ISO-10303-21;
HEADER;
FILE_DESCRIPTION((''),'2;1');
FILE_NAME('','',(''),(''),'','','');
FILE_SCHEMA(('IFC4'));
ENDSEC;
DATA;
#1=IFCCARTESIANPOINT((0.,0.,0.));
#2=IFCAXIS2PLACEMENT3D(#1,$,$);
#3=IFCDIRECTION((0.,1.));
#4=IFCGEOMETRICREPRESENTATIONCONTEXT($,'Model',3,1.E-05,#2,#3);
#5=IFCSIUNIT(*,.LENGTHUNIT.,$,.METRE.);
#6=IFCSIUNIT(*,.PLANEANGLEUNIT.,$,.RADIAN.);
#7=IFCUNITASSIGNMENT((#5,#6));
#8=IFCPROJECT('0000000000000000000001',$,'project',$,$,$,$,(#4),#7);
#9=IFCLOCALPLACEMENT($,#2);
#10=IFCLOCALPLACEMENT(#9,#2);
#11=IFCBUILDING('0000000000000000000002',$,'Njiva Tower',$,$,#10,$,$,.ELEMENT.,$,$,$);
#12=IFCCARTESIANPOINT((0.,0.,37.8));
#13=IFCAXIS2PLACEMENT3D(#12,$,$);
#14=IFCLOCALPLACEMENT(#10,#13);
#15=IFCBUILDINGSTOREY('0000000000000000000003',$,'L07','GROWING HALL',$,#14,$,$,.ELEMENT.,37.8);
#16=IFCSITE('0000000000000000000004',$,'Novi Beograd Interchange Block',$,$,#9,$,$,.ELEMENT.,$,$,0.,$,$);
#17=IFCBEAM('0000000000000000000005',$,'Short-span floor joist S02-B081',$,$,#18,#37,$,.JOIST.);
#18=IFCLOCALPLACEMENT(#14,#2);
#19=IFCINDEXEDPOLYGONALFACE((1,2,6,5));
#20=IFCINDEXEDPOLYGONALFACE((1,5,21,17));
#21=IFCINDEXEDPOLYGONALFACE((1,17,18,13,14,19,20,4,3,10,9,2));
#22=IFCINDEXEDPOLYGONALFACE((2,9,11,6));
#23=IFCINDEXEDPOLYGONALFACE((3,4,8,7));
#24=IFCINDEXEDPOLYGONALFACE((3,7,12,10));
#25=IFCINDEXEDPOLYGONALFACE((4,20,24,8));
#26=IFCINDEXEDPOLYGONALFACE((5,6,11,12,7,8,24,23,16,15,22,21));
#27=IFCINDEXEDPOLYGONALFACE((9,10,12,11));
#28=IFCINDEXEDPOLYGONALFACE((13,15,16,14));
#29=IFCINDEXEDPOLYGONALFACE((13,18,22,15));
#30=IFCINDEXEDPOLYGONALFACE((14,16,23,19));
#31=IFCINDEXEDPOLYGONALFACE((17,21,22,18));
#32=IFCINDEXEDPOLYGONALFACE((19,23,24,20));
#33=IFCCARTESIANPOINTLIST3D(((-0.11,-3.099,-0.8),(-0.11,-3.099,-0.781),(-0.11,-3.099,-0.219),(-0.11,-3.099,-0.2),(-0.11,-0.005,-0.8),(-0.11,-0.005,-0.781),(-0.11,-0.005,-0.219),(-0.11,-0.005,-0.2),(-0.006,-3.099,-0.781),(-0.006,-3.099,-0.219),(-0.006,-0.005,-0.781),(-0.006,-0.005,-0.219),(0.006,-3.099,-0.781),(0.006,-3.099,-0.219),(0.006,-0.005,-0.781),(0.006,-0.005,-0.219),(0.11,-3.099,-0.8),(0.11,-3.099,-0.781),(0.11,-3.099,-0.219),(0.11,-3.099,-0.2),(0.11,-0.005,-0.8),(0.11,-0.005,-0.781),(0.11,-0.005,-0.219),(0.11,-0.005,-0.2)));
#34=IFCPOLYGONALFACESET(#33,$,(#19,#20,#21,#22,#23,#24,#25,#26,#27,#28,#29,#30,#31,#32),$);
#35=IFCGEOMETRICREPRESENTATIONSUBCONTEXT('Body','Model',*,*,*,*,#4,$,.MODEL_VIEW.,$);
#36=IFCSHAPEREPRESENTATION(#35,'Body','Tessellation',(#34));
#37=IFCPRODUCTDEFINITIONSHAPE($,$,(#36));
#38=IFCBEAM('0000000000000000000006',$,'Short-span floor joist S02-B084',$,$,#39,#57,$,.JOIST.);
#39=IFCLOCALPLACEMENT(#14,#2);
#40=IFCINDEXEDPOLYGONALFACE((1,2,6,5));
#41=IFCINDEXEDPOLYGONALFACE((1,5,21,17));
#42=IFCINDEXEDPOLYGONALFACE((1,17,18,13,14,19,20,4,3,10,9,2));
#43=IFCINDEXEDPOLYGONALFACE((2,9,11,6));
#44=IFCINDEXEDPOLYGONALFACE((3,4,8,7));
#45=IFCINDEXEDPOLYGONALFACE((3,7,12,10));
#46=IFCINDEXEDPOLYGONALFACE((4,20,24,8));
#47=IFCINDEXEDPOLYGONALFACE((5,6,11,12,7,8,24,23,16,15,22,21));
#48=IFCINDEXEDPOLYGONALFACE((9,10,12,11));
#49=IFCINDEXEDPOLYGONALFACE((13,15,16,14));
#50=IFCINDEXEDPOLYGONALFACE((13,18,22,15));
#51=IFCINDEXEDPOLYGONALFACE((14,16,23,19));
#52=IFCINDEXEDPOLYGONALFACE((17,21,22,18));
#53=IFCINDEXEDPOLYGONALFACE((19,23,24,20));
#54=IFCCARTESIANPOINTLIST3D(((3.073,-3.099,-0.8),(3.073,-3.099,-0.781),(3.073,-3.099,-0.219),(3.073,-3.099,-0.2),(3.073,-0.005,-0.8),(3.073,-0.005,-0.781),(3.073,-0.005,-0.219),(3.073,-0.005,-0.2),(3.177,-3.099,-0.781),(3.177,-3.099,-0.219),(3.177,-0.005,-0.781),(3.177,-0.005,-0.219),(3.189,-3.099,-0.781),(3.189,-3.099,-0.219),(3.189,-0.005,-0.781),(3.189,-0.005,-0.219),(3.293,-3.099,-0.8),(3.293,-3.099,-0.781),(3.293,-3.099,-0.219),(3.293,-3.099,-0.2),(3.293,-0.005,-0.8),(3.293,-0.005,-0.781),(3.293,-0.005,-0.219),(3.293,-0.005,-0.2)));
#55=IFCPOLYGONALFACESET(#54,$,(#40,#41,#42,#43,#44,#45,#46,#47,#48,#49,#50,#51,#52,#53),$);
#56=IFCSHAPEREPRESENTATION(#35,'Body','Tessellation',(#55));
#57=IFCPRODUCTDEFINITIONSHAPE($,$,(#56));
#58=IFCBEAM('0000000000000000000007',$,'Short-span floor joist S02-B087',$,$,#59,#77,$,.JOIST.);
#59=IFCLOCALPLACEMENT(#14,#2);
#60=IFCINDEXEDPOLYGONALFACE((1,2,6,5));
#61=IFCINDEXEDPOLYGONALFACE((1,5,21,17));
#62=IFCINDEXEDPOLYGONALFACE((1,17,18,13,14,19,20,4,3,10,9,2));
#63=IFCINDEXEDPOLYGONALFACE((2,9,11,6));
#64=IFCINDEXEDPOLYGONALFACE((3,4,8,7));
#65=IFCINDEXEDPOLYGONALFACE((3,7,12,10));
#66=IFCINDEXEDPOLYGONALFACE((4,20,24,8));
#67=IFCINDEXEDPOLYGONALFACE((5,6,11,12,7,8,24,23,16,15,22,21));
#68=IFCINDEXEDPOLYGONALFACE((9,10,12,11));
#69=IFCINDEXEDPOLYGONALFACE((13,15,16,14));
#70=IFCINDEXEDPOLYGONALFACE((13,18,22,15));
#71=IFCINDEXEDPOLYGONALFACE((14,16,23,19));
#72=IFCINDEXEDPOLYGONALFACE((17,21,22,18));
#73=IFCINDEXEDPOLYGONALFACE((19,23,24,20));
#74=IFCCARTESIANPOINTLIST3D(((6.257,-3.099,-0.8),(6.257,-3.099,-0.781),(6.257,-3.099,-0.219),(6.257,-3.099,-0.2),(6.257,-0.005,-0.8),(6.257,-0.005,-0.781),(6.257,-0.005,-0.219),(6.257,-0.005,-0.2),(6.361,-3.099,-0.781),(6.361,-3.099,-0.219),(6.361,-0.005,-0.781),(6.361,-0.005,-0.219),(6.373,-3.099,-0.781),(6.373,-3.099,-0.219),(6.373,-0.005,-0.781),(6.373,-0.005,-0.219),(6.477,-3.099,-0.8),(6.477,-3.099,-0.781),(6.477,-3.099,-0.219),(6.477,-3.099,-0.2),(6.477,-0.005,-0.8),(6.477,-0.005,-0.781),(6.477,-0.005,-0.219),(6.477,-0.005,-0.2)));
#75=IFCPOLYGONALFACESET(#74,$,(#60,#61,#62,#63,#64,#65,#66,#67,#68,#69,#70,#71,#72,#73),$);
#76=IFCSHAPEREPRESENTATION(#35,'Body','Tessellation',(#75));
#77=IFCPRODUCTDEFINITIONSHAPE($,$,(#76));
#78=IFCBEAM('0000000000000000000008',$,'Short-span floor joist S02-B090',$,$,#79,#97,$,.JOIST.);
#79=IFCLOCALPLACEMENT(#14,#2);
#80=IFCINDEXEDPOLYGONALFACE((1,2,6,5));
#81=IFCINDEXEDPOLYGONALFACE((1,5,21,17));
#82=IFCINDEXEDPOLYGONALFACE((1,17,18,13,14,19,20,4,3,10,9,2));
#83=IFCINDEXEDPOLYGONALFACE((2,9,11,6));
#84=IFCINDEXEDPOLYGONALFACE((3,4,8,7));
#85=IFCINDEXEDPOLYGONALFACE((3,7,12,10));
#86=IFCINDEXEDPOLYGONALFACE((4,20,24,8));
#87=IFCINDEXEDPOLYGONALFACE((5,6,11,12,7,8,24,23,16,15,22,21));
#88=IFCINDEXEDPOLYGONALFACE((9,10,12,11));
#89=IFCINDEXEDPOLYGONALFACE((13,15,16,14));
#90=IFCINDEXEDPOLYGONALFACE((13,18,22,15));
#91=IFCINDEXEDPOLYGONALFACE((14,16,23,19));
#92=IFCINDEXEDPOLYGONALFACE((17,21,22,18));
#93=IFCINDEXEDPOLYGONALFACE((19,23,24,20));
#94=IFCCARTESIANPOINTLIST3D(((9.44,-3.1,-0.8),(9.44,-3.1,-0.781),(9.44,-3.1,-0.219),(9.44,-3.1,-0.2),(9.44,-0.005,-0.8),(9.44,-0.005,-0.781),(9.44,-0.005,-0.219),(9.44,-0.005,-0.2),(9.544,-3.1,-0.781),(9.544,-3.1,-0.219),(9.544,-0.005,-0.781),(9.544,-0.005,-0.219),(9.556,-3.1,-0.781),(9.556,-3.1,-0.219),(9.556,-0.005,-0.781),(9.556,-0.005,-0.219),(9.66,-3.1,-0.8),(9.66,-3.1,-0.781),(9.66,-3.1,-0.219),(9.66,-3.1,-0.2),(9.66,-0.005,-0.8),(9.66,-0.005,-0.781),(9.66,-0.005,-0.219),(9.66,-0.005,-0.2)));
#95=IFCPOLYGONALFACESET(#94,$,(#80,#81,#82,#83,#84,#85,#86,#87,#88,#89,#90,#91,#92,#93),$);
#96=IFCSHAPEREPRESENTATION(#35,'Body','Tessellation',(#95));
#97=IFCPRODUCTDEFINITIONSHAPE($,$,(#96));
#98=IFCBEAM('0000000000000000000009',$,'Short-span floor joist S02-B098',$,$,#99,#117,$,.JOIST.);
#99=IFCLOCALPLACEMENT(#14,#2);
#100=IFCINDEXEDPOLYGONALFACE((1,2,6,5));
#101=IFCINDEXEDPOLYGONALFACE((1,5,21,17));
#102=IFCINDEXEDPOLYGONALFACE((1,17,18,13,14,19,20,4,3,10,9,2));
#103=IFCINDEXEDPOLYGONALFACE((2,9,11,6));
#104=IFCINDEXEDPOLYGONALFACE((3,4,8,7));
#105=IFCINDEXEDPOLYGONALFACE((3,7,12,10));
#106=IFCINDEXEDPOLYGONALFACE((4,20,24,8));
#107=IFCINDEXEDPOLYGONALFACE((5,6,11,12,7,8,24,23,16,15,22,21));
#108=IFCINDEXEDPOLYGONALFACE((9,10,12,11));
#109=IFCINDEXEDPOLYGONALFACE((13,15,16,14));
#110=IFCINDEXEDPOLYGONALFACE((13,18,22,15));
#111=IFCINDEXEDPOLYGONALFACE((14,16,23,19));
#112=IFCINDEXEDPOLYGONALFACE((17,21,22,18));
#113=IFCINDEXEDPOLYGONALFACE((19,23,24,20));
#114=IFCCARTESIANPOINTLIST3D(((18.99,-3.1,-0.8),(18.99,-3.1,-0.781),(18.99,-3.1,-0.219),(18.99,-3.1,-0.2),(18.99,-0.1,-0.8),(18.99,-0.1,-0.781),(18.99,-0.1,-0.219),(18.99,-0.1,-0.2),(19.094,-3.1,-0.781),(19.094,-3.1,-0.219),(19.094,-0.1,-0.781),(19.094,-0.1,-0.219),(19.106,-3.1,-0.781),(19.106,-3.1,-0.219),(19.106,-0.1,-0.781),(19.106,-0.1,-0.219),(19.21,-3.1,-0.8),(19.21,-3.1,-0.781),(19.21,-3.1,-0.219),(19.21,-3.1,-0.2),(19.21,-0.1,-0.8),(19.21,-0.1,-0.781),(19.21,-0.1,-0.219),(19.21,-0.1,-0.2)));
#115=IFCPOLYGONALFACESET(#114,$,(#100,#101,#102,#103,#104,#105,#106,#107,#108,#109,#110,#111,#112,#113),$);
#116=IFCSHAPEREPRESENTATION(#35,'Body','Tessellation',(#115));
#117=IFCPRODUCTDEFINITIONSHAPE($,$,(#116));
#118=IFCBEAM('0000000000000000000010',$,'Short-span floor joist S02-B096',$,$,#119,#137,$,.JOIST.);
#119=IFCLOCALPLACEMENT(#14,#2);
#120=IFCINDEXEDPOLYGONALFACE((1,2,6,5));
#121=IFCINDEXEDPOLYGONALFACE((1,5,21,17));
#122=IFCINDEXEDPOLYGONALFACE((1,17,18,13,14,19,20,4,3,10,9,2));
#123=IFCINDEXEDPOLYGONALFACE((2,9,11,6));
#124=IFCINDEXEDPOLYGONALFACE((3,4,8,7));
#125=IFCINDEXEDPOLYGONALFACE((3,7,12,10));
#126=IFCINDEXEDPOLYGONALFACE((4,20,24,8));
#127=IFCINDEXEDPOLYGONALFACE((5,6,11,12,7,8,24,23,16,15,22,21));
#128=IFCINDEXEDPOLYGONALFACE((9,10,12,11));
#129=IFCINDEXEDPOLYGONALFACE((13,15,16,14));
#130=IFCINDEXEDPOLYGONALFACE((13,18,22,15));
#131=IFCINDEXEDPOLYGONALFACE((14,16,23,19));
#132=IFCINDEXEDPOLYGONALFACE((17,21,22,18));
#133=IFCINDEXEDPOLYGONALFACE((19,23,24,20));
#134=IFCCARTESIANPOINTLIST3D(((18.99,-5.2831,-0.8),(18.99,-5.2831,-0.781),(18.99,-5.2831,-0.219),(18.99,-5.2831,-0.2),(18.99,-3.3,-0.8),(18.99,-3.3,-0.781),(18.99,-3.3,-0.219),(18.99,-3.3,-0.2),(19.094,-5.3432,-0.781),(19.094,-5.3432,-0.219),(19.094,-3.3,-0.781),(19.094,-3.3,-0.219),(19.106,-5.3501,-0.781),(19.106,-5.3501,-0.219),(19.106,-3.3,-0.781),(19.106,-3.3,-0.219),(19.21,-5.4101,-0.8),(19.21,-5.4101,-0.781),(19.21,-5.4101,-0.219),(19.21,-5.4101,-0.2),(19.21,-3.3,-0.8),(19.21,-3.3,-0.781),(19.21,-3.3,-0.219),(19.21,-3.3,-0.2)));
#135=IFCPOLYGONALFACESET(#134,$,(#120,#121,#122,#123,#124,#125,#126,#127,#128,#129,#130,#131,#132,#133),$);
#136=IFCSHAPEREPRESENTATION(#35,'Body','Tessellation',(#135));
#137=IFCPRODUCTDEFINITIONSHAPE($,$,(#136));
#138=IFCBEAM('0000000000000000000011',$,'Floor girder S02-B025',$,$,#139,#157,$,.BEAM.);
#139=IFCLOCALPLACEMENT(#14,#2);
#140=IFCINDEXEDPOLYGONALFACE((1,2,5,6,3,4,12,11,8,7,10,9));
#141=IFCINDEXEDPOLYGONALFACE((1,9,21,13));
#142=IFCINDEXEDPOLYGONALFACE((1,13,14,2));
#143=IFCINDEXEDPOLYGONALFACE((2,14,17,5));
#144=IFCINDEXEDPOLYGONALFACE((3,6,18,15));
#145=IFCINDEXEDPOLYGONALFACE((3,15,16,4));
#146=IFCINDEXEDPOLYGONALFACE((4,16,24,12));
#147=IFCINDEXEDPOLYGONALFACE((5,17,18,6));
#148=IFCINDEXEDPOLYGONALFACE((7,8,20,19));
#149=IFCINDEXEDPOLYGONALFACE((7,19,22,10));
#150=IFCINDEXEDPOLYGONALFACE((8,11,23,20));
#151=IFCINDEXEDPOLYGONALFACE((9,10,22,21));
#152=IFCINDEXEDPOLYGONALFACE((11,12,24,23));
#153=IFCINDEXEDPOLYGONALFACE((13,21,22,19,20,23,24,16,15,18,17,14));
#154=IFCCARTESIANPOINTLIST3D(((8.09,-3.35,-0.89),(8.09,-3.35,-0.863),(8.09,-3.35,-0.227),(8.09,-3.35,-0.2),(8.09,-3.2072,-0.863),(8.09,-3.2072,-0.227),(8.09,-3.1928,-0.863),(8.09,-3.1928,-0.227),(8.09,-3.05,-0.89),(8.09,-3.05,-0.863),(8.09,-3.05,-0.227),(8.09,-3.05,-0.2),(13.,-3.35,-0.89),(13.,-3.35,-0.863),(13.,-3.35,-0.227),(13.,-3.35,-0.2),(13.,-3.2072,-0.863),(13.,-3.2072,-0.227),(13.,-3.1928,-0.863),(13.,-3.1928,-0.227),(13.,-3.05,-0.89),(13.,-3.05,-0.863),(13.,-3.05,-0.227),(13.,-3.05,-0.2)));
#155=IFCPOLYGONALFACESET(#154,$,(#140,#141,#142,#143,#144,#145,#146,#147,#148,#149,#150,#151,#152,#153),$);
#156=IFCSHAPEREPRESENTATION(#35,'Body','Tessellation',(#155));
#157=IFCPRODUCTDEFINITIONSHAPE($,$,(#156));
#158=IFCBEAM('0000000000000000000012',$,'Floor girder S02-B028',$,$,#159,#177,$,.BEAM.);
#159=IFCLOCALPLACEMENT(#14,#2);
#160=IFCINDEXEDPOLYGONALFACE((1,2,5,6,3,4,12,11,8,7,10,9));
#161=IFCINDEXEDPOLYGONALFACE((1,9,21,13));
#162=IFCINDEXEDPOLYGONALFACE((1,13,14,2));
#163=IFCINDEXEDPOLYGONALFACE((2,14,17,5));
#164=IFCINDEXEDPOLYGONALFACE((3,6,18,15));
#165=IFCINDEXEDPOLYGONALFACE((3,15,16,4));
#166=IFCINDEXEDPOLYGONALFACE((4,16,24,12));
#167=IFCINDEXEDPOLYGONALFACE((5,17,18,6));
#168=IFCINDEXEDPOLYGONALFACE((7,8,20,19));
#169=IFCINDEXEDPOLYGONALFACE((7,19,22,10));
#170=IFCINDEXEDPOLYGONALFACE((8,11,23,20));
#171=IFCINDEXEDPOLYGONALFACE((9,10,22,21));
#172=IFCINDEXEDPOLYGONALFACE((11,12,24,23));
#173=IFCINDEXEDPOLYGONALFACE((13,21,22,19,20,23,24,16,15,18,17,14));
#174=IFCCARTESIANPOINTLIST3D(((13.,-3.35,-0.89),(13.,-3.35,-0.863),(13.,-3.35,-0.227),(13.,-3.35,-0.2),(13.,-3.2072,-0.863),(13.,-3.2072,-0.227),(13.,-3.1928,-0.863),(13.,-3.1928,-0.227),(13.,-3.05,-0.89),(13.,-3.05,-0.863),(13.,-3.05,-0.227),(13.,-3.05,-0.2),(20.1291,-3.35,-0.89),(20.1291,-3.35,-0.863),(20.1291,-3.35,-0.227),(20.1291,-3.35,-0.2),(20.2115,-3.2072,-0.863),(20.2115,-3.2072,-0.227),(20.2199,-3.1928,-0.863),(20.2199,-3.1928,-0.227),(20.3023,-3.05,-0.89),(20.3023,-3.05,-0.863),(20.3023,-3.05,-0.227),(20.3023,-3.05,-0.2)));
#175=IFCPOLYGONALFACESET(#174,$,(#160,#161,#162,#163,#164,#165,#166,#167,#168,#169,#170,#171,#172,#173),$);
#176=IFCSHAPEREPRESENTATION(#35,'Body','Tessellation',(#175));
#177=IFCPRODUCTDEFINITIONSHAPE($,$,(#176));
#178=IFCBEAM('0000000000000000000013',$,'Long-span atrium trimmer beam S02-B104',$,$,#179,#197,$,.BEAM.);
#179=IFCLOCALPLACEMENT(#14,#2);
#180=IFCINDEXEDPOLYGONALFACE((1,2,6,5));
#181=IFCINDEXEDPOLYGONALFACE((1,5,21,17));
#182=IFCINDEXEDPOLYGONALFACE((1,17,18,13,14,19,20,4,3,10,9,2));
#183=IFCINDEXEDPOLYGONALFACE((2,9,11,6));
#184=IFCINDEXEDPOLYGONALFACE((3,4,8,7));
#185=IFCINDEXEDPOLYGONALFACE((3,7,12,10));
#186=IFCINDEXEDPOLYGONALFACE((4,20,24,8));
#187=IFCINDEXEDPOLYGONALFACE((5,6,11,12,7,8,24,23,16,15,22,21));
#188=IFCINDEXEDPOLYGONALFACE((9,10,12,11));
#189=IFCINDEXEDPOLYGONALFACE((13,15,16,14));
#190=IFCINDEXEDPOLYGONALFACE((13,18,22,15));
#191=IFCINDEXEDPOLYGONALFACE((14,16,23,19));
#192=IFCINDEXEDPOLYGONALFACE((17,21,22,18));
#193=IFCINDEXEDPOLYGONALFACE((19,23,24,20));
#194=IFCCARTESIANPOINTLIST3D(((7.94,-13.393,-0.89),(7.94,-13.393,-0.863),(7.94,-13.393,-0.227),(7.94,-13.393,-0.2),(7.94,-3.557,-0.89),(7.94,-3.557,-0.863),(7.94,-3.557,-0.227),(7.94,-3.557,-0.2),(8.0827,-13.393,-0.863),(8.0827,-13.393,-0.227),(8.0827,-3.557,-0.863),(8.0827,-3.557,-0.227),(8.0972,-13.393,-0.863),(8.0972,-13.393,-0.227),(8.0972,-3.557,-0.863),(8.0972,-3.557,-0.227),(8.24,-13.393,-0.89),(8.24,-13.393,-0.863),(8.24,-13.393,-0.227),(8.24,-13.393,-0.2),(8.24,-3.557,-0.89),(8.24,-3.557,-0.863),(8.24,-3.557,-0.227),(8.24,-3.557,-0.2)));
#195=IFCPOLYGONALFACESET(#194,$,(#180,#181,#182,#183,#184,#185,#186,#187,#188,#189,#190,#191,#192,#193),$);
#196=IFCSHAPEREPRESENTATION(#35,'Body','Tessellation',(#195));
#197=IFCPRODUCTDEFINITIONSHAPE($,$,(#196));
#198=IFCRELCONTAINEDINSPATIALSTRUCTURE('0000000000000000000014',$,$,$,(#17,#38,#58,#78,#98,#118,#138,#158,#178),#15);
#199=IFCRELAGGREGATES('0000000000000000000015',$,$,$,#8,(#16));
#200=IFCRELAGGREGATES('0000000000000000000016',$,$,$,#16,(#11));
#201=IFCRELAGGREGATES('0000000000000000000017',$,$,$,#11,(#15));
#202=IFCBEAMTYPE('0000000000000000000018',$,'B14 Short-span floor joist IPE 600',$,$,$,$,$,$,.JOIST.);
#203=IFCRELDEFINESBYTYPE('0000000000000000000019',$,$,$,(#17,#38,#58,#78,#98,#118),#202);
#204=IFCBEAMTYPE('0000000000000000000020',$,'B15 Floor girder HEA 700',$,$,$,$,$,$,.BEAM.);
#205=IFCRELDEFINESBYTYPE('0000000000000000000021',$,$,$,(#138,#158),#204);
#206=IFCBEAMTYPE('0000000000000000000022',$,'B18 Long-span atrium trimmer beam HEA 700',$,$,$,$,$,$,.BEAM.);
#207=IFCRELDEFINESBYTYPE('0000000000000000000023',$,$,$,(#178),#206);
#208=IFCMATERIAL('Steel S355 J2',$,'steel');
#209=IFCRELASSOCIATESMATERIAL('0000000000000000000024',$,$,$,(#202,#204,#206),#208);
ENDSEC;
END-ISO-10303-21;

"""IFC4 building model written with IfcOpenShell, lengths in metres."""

from ifc_helpers import new_model, si_unit, direction, frame, origin, origin_2d, place, context, subcontext, project, spatial, i_section, extrude, clip, halfspace, material, material_profile, profile_set, type_object, element, save


model = new_model("IFC4")

# Units and contexts
model_context = context("Model", 3, precision=1e-05, world=origin(), true_north=direction((0.0, 1.0)))
body_context = subcontext(model_context, "Body", "Model", "MODEL_VIEW")
ifc_project = project(units=[si_unit("LENGTHUNIT", "METRE"), si_unit("PLANEANGLEUNIT", "RADIAN")], contexts=[model_context])

# Site, building, storey
site_placement = place(None, origin())
site = spatial("IfcSite", under=ifc_project, at=site_placement, Name="Novi Beograd Interchange Block", CompositionType="ELEMENT", RefElevation=0.0)
building_placement = place(site_placement, origin())
building = spatial("IfcBuilding", under=site, at=building_placement, Name="Njiva Tower", CompositionType="ELEMENT")
storey_placement = place(building_placement, frame((0.0, 0.0, 37.8)))
storey = spatial("IfcBuildingStorey", under=building, at=storey_placement, Name="L07", Description="GROWING HALL", CompositionType="ELEMENT", Elevation=37.8)

# Shared definitions
ifc_material_1 = material(Name="Steel S355 J2", Category="steel")

# Beams
ifc_material_profile_1 = material_profile(ifc_material_1, i_section(OverallWidth=0.22, OverallDepth=0.6, WebThickness=0.012, FlangeThickness=0.019, at=origin_2d()), Name="IPE 600")
ifc_profile_set_1 = profile_set([ifc_material_profile_1], Name="Steel S355 J2")
beam_type_1 = type_object("IfcBeamType", Name="B14 Short-span floor joist IPE 600", PredefinedType="JOIST", material=ifc_profile_set_1)
for number, where, z_axis, x_axis, name in (
    (1, (0.0, -0.005, -0.5), (0.0, -1.0, 0.0), (1.0, 0.0, 0.0), "Short-span floor joist S02-B081"),
    (2, (3.183, -0.005, -0.5), (0.0, -1.0, 0.0), (1.0, 0.0, 0.0), "Short-span floor joist S02-B084"),
    (3, (6.367, -0.005, -0.5), (0.0, -1.0, 0.0), (1.0, 0.0, 0.0), "Short-span floor joist S02-B087"),
):
    element("IfcBeam", number, at=place(storey_placement, frame(where, z_axis=z_axis, x_axis=x_axis)), inside=storey, type_object=beam_type_1, Name=name, PredefinedType="JOIST", context=body_context, shape_type="SweptSolid", body=[
        extrude(i_section(OverallWidth=0.22, OverallDepth=0.6, WebThickness=0.012, FlangeThickness=0.019, at=origin_2d()), origin(), (0.0, 0.0, 1.0), 3.094),
    ])
beam_1_placement = place(storey_placement, frame((9.55, -0.005, -0.5), z_axis=(0.0, -1.0, 0.0), x_axis=(1.0, 0.0, 0.0)))
element("IfcBeam", 4, at=beam_1_placement, inside=storey, type_object=beam_type_1, Name="Short-span floor joist S02-B090", PredefinedType="JOIST", context=body_context, shape_type="SweptSolid", body=[
    extrude(i_section(OverallWidth=0.22, OverallDepth=0.6, WebThickness=0.012, FlangeThickness=0.019, at=origin_2d()), origin(), (0.0, 0.0, 1.0), 3.095),
])
beam_2_placement = place(storey_placement, frame((19.1, -0.1, -0.5), z_axis=(0.0, -1.0, 0.0), x_axis=(1.0, 0.0, 0.0)))
element("IfcBeam", 5, at=beam_2_placement, inside=storey, type_object=beam_type_1, Name="Short-span floor joist S02-B098", PredefinedType="JOIST", context=body_context, shape_type="SweptSolid", body=[
    extrude(i_section(OverallWidth=0.22, OverallDepth=0.6, WebThickness=0.012, FlangeThickness=0.019, at=origin_2d()), origin(), (0.0, 0.0, 1.0), 3.0),
])
beam_3_placement = place(storey_placement, frame((19.1, -3.3, -0.5), z_axis=(0.0, -1.0, 0.0), x_axis=(1.0, 0.0, 0.0)))
element("IfcBeam", 6, at=beam_3_placement, inside=storey, type_object=beam_type_1, Name="Short-span floor joist S02-B096", PredefinedType="JOIST", context=body_context, shape_type="Clipping", body=[
    clip(extrude(i_section(OverallWidth=0.22, OverallDepth=0.6, WebThickness=0.012, FlangeThickness=0.019, at=origin_2d()), origin(), (0.0, 0.0, 1.0), 2.131), halfspace(frame((-0.025, 0.0, 2.0322), z_axis=(-0.499998, 0.0, 0.866027), x_axis=(0.0, 1.0, 0.0)), False)),
])
ifc_material_profile_2 = material_profile(ifc_material_1, i_section(OverallWidth=0.3, OverallDepth=0.69, WebThickness=0.0145, FlangeThickness=0.027, at=origin_2d()), Name="HEA 700")
ifc_profile_set_2 = profile_set([ifc_material_profile_2], Name="Steel S355 J2")
beam_type_2 = type_object("IfcBeamType", Name="B15 Floor girder HEA 700", PredefinedType="BEAM", material=ifc_profile_set_2)
beam_4_placement = place(storey_placement, frame((8.09, -3.2, -0.545), z_axis=(1.0, 0.0, 0.0), x_axis=(0.0, 1.0, 0.0)))
element("IfcBeam", 7, at=beam_4_placement, inside=storey, type_object=beam_type_2, Name="Floor girder S02-B025", PredefinedType="BEAM", context=body_context, shape_type="SweptSolid", body=[
    extrude(i_section(OverallWidth=0.3, OverallDepth=0.69, WebThickness=0.0145, FlangeThickness=0.027, at=origin_2d()), origin(), (0.0, 0.0, 1.0), 4.91),
])
beam_5_placement = place(storey_placement, frame((13.0, -3.2, -0.545), z_axis=(1.0, 0.0, 0.0), x_axis=(0.0, 1.0, 0.0)))
element("IfcBeam", 8, at=beam_5_placement, inside=storey, type_object=beam_type_2, Name="Floor girder S02-B028", PredefinedType="BEAM", context=body_context, shape_type="Clipping", body=[
    clip(extrude(i_section(OverallWidth=0.3, OverallDepth=0.69, WebThickness=0.0145, FlangeThickness=0.027, at=origin_2d()), origin(), (0.0, 0.0, 1.0), 7.323), halfspace(frame((-0.025, 0.0, 7.2013), z_axis=(-0.499998, 0.0, 0.866027), x_axis=(0.0, 1.0, 0.0)), False)),
])
ifc_material_profile_3 = material_profile(ifc_material_1, i_section(OverallWidth=0.3, OverallDepth=0.69, WebThickness=0.0145, FlangeThickness=0.027, at=origin_2d()), Name="HEA 700")
ifc_profile_set_3 = profile_set([ifc_material_profile_3], Name="Steel S355 J2")
beam_type_3 = type_object("IfcBeamType", Name="B18 Long-span atrium trimmer beam HEA 700", PredefinedType="BEAM", material=ifc_profile_set_3)
beam_6_placement = place(storey_placement, frame((8.09, -13.393, -0.545), z_axis=(0.0, 1.0, 0.0), x_axis=(-1.0, 0.0, 0.0)))
element("IfcBeam", 9, at=beam_6_placement, inside=storey, type_object=beam_type_3, Name="Long-span atrium trimmer beam S02-B104", PredefinedType="BEAM", context=body_context, shape_type="SweptSolid", body=[
    extrude(i_section(OverallWidth=0.3, OverallDepth=0.69, WebThickness=0.0145, FlangeThickness=0.027, at=origin_2d()), origin(), (0.0, 0.0, 1.0), 9.836),
])

save(model, "model.ifc")
